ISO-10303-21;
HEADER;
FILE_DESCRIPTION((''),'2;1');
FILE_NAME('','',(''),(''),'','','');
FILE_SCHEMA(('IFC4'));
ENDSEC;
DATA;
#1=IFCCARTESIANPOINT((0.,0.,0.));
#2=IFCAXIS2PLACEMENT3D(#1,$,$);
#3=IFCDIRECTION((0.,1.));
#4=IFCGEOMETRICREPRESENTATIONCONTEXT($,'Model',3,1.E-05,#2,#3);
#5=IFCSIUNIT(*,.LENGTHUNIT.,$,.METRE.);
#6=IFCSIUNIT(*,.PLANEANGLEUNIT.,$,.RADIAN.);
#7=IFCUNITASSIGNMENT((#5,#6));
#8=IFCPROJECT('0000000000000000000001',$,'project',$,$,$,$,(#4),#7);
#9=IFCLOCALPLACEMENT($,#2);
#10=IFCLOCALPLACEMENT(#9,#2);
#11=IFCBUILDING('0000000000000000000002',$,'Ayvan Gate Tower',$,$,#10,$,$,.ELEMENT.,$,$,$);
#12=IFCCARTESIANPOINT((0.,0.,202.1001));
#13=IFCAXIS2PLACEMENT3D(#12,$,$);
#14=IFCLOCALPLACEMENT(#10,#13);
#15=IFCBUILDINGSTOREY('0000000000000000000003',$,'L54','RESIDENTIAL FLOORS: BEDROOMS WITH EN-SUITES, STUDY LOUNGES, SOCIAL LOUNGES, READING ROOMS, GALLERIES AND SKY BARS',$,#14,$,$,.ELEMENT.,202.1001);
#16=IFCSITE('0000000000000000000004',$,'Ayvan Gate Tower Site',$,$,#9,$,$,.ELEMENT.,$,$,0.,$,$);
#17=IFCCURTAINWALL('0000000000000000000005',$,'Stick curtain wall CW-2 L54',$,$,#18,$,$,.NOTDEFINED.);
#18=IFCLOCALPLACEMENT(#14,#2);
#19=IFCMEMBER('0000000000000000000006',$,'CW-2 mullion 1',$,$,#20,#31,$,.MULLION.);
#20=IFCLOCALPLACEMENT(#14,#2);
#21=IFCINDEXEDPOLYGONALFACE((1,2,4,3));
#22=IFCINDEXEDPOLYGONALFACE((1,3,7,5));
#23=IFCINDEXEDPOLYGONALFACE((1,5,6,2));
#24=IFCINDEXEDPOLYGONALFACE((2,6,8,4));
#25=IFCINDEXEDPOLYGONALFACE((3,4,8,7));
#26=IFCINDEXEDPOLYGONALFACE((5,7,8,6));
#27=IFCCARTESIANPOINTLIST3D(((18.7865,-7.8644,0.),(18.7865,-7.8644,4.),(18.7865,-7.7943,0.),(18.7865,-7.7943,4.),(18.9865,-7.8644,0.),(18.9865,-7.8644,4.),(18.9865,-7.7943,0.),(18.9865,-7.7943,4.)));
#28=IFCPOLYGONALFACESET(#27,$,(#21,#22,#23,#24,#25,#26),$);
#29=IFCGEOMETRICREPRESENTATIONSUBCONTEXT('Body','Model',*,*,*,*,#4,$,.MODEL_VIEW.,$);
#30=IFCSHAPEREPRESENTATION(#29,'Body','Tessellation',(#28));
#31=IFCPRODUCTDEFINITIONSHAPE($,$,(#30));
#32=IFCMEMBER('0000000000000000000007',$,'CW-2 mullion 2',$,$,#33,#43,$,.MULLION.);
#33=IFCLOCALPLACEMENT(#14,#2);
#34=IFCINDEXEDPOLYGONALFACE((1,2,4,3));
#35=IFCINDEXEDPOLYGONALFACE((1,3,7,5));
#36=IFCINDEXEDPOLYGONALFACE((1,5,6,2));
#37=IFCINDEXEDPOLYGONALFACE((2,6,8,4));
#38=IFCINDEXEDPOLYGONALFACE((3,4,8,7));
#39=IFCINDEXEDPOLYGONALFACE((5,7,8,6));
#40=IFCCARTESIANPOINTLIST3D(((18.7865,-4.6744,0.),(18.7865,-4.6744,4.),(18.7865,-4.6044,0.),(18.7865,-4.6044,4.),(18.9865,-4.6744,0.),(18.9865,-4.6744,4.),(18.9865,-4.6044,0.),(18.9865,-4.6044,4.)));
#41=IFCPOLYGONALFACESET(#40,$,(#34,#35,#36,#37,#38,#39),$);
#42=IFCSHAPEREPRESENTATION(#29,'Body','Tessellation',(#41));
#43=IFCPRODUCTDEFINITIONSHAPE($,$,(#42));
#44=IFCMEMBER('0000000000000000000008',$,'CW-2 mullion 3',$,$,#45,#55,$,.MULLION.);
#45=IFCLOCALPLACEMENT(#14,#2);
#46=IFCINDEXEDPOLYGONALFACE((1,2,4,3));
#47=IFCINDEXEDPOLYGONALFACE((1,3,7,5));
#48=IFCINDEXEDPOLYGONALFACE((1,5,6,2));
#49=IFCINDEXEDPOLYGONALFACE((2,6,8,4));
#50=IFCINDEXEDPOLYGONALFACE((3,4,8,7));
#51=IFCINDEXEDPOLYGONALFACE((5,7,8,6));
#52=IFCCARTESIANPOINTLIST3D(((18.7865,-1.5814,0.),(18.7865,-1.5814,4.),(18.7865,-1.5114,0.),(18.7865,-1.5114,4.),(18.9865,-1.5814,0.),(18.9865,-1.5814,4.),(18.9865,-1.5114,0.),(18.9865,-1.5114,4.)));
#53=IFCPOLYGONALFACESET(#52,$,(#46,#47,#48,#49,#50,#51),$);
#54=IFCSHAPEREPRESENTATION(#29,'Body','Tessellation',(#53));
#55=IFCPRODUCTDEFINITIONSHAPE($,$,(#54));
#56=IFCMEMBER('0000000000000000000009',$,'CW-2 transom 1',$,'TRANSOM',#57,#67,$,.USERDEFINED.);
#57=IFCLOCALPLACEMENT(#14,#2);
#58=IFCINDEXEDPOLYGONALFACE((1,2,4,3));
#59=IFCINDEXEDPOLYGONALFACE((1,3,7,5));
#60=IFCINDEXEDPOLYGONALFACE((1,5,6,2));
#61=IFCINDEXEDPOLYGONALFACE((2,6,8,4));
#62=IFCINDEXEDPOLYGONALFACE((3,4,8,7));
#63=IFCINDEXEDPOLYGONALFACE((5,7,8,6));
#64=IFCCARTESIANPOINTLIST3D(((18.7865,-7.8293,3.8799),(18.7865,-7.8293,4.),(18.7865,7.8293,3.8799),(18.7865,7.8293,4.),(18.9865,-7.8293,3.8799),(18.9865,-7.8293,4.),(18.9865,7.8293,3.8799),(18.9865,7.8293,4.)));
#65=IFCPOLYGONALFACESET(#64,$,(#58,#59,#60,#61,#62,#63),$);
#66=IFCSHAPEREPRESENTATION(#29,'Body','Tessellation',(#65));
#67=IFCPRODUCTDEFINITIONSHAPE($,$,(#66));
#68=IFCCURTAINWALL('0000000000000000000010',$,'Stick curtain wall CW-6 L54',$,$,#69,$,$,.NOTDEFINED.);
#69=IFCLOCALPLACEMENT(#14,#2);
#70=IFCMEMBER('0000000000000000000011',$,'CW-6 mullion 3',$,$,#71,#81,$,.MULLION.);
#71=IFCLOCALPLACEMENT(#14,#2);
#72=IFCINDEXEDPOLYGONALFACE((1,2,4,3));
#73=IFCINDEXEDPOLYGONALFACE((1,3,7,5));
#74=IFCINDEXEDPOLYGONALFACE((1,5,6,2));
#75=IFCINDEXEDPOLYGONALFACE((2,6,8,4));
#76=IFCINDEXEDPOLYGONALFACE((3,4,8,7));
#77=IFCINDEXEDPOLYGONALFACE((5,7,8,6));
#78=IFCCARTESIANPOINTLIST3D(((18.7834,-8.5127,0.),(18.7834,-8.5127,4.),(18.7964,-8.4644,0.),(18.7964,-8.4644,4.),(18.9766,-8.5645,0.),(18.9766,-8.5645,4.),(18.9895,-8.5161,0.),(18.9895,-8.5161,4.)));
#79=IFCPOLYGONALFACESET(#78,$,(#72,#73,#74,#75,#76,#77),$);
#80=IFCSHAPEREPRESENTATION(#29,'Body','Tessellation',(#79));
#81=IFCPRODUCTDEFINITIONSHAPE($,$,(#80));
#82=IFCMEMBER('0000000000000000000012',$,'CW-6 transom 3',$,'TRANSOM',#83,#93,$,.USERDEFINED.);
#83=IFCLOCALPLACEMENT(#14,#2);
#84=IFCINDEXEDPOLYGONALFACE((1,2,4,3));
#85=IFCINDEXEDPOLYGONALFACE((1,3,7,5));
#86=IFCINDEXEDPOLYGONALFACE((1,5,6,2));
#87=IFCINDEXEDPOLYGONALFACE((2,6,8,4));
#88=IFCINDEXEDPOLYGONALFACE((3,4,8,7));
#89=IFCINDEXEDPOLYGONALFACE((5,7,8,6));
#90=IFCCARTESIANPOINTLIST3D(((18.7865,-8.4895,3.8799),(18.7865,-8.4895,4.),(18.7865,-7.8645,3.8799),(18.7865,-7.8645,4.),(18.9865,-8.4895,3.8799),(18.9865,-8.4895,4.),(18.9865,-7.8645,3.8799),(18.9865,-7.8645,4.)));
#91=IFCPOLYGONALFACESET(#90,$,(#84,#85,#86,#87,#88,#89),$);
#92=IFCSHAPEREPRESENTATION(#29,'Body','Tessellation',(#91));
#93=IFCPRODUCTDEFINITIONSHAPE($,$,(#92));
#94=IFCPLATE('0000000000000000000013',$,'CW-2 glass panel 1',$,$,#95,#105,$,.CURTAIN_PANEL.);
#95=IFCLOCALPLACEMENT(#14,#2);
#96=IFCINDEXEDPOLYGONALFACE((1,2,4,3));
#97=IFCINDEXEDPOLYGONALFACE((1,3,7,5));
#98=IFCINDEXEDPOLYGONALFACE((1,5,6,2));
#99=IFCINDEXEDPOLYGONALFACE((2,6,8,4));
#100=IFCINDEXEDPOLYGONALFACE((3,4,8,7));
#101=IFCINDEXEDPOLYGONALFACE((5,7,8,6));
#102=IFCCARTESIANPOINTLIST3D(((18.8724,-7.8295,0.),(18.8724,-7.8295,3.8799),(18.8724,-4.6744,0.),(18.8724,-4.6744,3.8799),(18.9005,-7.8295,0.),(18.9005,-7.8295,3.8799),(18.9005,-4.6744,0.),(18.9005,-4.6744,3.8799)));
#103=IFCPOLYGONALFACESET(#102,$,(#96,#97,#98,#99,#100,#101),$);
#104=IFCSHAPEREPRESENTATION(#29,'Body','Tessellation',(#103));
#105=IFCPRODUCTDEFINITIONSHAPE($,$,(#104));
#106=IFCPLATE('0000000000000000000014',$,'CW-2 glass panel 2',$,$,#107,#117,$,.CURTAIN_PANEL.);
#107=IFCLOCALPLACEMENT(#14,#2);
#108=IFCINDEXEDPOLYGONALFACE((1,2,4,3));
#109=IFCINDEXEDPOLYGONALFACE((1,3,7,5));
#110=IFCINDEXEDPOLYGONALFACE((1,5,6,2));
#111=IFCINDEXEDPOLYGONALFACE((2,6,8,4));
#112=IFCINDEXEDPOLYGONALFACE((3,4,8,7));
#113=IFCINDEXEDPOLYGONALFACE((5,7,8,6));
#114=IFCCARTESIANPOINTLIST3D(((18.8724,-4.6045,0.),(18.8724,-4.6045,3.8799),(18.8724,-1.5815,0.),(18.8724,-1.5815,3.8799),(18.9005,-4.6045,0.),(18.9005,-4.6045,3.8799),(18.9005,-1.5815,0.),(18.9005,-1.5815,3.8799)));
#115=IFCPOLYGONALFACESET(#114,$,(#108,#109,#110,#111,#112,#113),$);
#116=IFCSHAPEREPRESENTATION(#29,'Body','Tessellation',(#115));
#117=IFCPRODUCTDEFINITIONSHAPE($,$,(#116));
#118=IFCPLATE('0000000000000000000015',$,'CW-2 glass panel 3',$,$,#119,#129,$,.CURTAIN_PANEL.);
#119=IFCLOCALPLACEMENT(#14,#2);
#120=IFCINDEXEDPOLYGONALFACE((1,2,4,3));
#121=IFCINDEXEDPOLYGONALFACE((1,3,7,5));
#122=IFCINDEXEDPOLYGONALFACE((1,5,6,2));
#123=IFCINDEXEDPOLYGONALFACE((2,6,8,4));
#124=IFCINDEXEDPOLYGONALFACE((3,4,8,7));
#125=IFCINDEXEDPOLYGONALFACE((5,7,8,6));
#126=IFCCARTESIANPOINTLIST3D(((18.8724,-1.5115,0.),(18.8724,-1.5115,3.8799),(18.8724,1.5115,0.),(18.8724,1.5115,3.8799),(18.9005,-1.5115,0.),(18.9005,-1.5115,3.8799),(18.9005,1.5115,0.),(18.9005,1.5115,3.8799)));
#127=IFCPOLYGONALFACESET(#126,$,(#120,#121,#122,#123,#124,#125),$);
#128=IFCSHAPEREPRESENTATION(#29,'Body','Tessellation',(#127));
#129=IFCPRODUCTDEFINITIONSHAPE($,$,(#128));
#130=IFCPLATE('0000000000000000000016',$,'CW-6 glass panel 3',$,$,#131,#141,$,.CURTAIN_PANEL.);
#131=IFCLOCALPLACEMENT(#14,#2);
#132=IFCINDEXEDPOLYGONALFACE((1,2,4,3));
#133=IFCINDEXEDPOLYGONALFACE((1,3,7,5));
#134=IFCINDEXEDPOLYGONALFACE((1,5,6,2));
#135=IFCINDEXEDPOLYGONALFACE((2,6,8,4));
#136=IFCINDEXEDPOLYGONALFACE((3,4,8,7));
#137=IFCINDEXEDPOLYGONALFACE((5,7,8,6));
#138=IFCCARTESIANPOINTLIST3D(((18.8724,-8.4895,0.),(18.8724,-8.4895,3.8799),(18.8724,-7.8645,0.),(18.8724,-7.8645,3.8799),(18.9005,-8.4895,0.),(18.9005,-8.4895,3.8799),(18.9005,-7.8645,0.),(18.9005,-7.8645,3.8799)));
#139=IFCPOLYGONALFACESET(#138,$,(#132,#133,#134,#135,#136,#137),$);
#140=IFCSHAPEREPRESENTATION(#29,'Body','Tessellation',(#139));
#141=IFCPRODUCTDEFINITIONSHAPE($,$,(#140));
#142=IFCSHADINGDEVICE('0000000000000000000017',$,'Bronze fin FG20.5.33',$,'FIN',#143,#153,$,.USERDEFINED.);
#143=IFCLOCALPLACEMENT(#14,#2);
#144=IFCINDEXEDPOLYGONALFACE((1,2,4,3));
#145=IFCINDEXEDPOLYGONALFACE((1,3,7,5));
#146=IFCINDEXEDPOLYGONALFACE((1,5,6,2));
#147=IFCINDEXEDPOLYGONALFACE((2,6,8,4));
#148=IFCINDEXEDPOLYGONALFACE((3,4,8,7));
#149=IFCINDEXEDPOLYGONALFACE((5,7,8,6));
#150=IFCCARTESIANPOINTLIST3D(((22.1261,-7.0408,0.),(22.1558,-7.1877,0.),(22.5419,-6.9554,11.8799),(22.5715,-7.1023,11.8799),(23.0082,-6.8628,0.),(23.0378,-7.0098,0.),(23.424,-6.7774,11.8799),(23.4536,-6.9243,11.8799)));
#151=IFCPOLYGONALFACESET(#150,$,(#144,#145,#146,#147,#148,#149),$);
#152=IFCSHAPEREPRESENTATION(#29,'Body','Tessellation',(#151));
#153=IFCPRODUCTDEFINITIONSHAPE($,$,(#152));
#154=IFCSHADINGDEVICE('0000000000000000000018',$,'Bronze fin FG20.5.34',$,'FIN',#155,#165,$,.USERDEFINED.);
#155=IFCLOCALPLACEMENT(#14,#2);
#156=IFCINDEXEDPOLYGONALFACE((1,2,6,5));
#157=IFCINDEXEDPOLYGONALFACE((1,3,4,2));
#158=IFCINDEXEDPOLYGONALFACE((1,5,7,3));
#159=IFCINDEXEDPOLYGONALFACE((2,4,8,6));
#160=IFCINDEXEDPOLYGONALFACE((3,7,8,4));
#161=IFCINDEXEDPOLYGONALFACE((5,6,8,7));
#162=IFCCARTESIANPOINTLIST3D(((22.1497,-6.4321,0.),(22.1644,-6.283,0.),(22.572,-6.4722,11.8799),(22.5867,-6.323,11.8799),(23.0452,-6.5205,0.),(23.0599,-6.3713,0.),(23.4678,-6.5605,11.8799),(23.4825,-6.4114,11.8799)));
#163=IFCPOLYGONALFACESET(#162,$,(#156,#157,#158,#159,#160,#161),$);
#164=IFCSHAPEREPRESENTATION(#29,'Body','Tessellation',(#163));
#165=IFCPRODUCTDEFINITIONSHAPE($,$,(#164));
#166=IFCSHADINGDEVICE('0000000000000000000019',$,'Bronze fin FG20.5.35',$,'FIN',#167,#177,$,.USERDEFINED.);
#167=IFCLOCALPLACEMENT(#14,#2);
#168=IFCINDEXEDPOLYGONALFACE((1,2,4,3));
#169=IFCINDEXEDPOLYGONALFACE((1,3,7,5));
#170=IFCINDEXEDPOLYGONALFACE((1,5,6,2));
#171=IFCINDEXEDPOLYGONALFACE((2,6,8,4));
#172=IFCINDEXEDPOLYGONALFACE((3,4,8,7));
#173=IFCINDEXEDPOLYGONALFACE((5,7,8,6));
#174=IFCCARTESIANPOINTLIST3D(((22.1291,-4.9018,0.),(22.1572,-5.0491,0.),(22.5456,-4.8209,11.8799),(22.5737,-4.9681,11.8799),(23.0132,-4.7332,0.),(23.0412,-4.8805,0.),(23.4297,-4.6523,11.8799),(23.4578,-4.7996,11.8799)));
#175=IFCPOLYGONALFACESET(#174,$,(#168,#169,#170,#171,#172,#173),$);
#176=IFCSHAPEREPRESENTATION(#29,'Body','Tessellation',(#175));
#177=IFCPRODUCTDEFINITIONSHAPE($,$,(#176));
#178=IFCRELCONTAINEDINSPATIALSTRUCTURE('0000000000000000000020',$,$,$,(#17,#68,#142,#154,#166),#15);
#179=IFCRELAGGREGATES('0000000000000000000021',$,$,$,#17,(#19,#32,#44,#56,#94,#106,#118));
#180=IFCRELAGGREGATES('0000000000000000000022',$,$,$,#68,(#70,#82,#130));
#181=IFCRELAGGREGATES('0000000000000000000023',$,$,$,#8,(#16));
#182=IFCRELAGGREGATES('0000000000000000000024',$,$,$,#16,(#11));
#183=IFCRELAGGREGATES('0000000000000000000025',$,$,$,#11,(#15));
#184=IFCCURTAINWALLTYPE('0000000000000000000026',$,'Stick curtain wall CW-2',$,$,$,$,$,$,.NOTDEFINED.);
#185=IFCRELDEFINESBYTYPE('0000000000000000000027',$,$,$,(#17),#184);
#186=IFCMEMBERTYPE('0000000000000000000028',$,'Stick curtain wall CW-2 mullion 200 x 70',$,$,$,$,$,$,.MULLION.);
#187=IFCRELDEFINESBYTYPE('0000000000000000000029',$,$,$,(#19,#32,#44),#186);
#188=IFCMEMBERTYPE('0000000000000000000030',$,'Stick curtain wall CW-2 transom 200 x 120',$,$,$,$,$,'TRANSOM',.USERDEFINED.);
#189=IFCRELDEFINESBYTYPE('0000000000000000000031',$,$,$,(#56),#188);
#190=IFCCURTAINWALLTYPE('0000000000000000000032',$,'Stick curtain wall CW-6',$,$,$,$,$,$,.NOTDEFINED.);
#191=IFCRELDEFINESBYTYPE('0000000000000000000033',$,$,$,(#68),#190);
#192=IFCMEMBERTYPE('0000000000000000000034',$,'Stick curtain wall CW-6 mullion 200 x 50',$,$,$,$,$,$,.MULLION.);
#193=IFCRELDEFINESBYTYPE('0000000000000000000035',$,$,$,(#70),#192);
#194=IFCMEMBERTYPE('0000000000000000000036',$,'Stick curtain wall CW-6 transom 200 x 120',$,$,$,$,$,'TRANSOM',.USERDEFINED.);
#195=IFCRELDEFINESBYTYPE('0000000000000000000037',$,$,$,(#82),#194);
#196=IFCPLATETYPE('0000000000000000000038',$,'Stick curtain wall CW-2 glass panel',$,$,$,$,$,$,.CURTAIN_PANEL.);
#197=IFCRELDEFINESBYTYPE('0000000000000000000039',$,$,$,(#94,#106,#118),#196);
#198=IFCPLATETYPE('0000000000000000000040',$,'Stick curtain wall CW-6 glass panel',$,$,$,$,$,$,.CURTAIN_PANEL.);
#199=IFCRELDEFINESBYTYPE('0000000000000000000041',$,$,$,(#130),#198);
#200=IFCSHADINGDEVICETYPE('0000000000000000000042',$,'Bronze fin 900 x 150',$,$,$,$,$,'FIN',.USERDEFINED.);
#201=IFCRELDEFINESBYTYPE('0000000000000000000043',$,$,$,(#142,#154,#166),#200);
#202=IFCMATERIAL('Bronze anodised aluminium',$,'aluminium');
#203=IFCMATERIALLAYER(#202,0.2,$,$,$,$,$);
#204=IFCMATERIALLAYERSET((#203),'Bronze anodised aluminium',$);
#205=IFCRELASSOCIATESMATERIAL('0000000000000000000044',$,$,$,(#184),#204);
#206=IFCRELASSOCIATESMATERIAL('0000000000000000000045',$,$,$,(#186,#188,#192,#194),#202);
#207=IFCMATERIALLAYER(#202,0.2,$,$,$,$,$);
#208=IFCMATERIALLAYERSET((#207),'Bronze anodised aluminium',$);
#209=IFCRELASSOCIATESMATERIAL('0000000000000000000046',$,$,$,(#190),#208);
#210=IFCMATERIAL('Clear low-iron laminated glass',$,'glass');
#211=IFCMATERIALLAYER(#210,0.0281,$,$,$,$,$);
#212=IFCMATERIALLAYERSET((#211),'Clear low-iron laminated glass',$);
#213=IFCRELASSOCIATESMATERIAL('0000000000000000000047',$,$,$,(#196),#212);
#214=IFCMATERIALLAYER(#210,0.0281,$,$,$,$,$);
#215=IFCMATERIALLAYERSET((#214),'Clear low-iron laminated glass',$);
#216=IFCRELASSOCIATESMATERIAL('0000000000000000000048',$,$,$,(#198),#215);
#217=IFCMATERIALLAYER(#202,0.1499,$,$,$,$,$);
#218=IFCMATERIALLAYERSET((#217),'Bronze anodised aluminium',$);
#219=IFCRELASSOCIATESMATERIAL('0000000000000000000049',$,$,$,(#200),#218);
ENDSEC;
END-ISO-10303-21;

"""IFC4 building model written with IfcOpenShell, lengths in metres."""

from ifc_helpers import new_model, si_unit, direction, frame, origin, origin_2d, place, context, subcontext, project, spatial, polyline, rectangle, outline, extrude, material, layer, layer_set, material_profile, profile_set, type_object, element, aggregate, save


model = new_model("IFC4")

# Units and contexts
model_context = context("Model", 3, precision=1e-05, world=origin(), true_north=direction((0.0, 1.0)))
body_context = subcontext(model_context, "Body", "Model", "MODEL_VIEW")
ifc_project = project(units=[si_unit("LENGTHUNIT", "METRE"), si_unit("PLANEANGLEUNIT", "RADIAN")], contexts=[model_context])

# Site, building, storey
site_placement = place(None, origin())
site = spatial("IfcSite", under=ifc_project, at=site_placement, Name="Ayvan Gate Tower Site", CompositionType="ELEMENT", RefElevation=0.0)
building_placement = place(site_placement, origin())
building = spatial("IfcBuilding", under=site, at=building_placement, Name="Ayvan Gate Tower", CompositionType="ELEMENT")
storey_placement = place(building_placement, frame((0.0, 0.0, 202.1001)))
storey = spatial("IfcBuildingStorey", under=building, at=storey_placement, Name="L54", Description="RESIDENTIAL FLOORS: BEDROOMS WITH EN-SUITES, STUDY LOUNGES, SOCIAL LOUNGES, READING ROOMS, GALLERIES AND SKY BARS", CompositionType="ELEMENT", Elevation=202.1001)

# Curtain walls, members
ifc_material_1 = material(Name="Bronze anodised aluminium", Category="aluminium")
ifc_layer_1 = layer(ifc_material_1, 0.2)
ifc_layer_set_1 = layer_set([ifc_layer_1], Name="Bronze anodised aluminium")
curtain_wall_type_1 = type_object("IfcCurtainWallType", Name="Stick curtain wall CW-2", PredefinedType="NOTDEFINED", material=ifc_layer_set_1)
curtain_wall_1_placement = place(storey_placement, origin())
curtain_wall_1 = element("IfcCurtainWall", 1, at=curtain_wall_1_placement, inside=storey, type_object=curtain_wall_type_1, Name="Stick curtain wall CW-2 L54", PredefinedType="NOTDEFINED")
ifc_material_profile_1 = material_profile(ifc_material_1, rectangle(XDim=0.2, YDim=0.0701, at=origin_2d()), Name="Stick curtain wall CW-2 mullion 200 x 70")
ifc_profile_set_1 = profile_set([ifc_material_profile_1], Name="Bronze anodised aluminium")
member_type_1 = type_object("IfcMemberType", Name="Stick curtain wall CW-2 mullion 200 x 70", PredefinedType="MULLION", material=ifc_profile_set_1)
member_1_placement = place(storey_placement, frame((18.8865, -7.8293, 0.0), z_axis=(0.0, 0.0, 1.0), x_axis=(1.0, 0.0, 0.0)))
member_1 = element("IfcMember", 2, at=member_1_placement, type_object=member_type_1, Name="CW-2 mullion 1", PredefinedType="MULLION", context=body_context, shape_type="SweptSolid", body=[
    extrude(rectangle(XDim=0.2, YDim=0.0701, at=origin_2d()), origin(), (0.0, 0.0, 1.0), 4.0),
])
member_2_placement = place(storey_placement, frame((18.8865, -4.6394, 0.0), z_axis=(0.0, 0.0, 1.0), x_axis=(1.0, 0.0, 0.0)))
member_2 = element("IfcMember", 3, at=member_2_placement, type_object=member_type_1, Name="CW-2 mullion 2", PredefinedType="MULLION", context=body_context, shape_type="SweptSolid", body=[
    extrude(rectangle(XDim=0.2, YDim=0.0701, at=origin_2d()), origin(), (0.0, 0.0, 1.0), 4.0),
])
member_3_placement = place(storey_placement, frame((18.8865, -1.5464, 0.0), z_axis=(0.0, 0.0, 1.0), x_axis=(1.0, 0.0, 0.0)))
member_3 = element("IfcMember", 4, at=member_3_placement, type_object=member_type_1, Name="CW-2 mullion 3", PredefinedType="MULLION", context=body_context, shape_type="SweptSolid", body=[
    extrude(rectangle(XDim=0.2, YDim=0.0701, at=origin_2d()), origin(), (0.0, 0.0, 1.0), 4.0),
])
ifc_material_profile_2 = material_profile(ifc_material_1, rectangle(XDim=0.2, YDim=0.1201, at=origin_2d()), Name="Stick curtain wall CW-2 transom 200 x 120")
ifc_profile_set_2 = profile_set([ifc_material_profile_2], Name="Bronze anodised aluminium")
member_type_2 = type_object("IfcMemberType", Name="Stick curtain wall CW-2 transom 200 x 120", ElementType="TRANSOM", PredefinedType="USERDEFINED", material=ifc_profile_set_2)
member_4_placement = place(storey_placement, frame((18.8865, -7.8293, 3.9399), z_axis=(0.0, 1.0, 0.0), x_axis=(-1.0, 0.0, 0.0)))
member_4 = element("IfcMember", 5, at=member_4_placement, type_object=member_type_2, Name="CW-2 transom 1", ObjectType="TRANSOM", PredefinedType="USERDEFINED", context=body_context, shape_type="SweptSolid", body=[
    extrude(rectangle(XDim=0.2, YDim=0.1201, at=origin_2d()), origin(), (0.0, 0.0, 1.0), 15.6587),
])
ifc_layer_2 = layer(ifc_material_1, 0.2)
ifc_layer_set_2 = layer_set([ifc_layer_2], Name="Bronze anodised aluminium")
curtain_wall_type_2 = type_object("IfcCurtainWallType", Name="Stick curtain wall CW-6", PredefinedType="NOTDEFINED", material=ifc_layer_set_2)
curtain_wall_2_placement = place(storey_placement, origin())
curtain_wall_2 = element("IfcCurtainWall", 6, at=curtain_wall_2_placement, inside=storey, type_object=curtain_wall_type_2, Name="Stick curtain wall CW-6 L54", PredefinedType="NOTDEFINED")
ifc_material_profile_3 = material_profile(ifc_material_1, rectangle(XDim=0.2, YDim=0.05, at=origin_2d()), Name="Stick curtain wall CW-6 mullion 200 x 50")
ifc_profile_set_3 = profile_set([ifc_material_profile_3], Name="Bronze anodised aluminium")
member_type_3 = type_object("IfcMemberType", Name="Stick curtain wall CW-6 mullion 200 x 50", PredefinedType="MULLION", material=ifc_profile_set_3)
member_5_placement = place(storey_placement, frame((18.8865, -8.5144, 0.0), z_axis=(0.0, 0.0, 1.0), x_axis=(0.965926, -0.258819, 0.0)))
member_5 = element("IfcMember", 7, at=member_5_placement, type_object=member_type_3, Name="CW-6 mullion 3", PredefinedType="MULLION", context=body_context, shape_type="SweptSolid", body=[
    extrude(rectangle(XDim=0.2, YDim=0.05, at=origin_2d()), origin(), (0.0, 0.0, 1.0), 4.0),
])
ifc_material_profile_4 = material_profile(ifc_material_1, rectangle(XDim=0.2, YDim=0.1201, at=origin_2d()), Name="Stick curtain wall CW-6 transom 200 x 120")
ifc_profile_set_4 = profile_set([ifc_material_profile_4], Name="Bronze anodised aluminium")
member_type_4 = type_object("IfcMemberType", Name="Stick curtain wall CW-6 transom 200 x 120", ElementType="TRANSOM", PredefinedType="USERDEFINED", material=ifc_profile_set_4)
member_6_placement = place(storey_placement, frame((18.8865, -8.4895, 3.9399), z_axis=(0.0, 1.0, 0.0), x_axis=(-1.0, 0.0, 0.0)))
member_6 = element("IfcMember", 8, at=member_6_placement, type_object=member_type_4, Name="CW-6 transom 3", ObjectType="TRANSOM", PredefinedType="USERDEFINED", context=body_context, shape_type="SweptSolid", body=[
    extrude(rectangle(XDim=0.2, YDim=0.1201, at=origin_2d()), origin(), (0.0, 0.0, 1.0), 0.625),
])

# Plates
ifc_material_2 = material(Name="Clear low-iron laminated glass", Category="glass")
ifc_layer_3 = layer(ifc_material_2, 0.0281)
ifc_layer_set_3 = layer_set([ifc_layer_3], Name="Clear low-iron laminated glass")
plate_type_1 = type_object("IfcPlateType", Name="Stick curtain wall CW-2 glass panel", PredefinedType="CURTAIN_PANEL", material=ifc_layer_set_3)
plate_1_placement = place(storey_placement, frame((18.8865, -6.252, 0.0), z_axis=(0.0, 0.0, 1.0), x_axis=(0.0, 1.0, 0.0)))
plate_1 = element("IfcPlate", 9, at=plate_1_placement, type_object=plate_type_1, Name="CW-2 glass panel 1", PredefinedType="CURTAIN_PANEL", context=body_context, shape_type="SweptSolid", body=[
    extrude(rectangle(XDim=3.155, YDim=0.0281, at=origin_2d()), origin(), (0.0, 0.0, 1.0), 3.8799),
])
plate_2_placement = place(storey_placement, frame((18.8865, -3.093, 0.0), z_axis=(0.0, 0.0, 1.0), x_axis=(0.0, 1.0, 0.0)))
plate_2 = element("IfcPlate", 10, at=plate_2_placement, type_object=plate_type_1, Name="CW-2 glass panel 2", PredefinedType="CURTAIN_PANEL", context=body_context, shape_type="SweptSolid", body=[
    extrude(rectangle(XDim=3.0229, YDim=0.0281, at=origin_2d()), origin(), (0.0, 0.0, 1.0), 3.8799),
])
plate_3_placement = place(storey_placement, frame((18.8865, 0.0, 0.0), z_axis=(0.0, 0.0, 1.0), x_axis=(0.0, 1.0, 0.0)))
plate_3 = element("IfcPlate", 11, at=plate_3_placement, type_object=plate_type_1, Name="CW-2 glass panel 3", PredefinedType="CURTAIN_PANEL", context=body_context, shape_type="SweptSolid", body=[
    extrude(rectangle(XDim=3.0229, YDim=0.0281, at=origin_2d()), origin(), (0.0, 0.0, 1.0), 3.8799),
])
aggregate(curtain_wall_1, [member_1, member_2, member_3, member_4, plate_1, plate_2, plate_3])
ifc_layer_4 = layer(ifc_material_2, 0.0281)
ifc_layer_set_4 = layer_set([ifc_layer_4], Name="Clear low-iron laminated glass")
plate_type_2 = type_object("IfcPlateType", Name="Stick curtain wall CW-6 glass panel", PredefinedType="CURTAIN_PANEL", material=ifc_layer_set_4)
plate_4_placement = place(storey_placement, frame((18.8865, -8.177, 0.0), z_axis=(0.0, 0.0, 1.0), x_axis=(0.0, 1.0, 0.0)))
plate_4 = element("IfcPlate", 12, at=plate_4_placement, type_object=plate_type_2, Name="CW-6 glass panel 3", PredefinedType="CURTAIN_PANEL", context=body_context, shape_type="SweptSolid", body=[
    extrude(rectangle(XDim=0.625, YDim=0.0281, at=origin_2d()), origin(), (0.0, 0.0, 1.0), 3.8799),
])
aggregate(curtain_wall_2, [member_5, member_6, plate_4])

# Shading devices
ifc_layer_5 = layer(ifc_material_1, 0.1499)
ifc_layer_set_5 = layer_set([ifc_layer_5], Name="Bronze anodised aluminium")
shading_device_type = type_object("IfcShadingDeviceType", Name="Bronze fin 900 x 150", ElementType="FIN", PredefinedType="USERDEFINED", material=ifc_layer_set_5)
shading_device_1_placement = place(storey_placement, frame((22.1558, -7.1877, 0.0), z_axis=(0.197785, -0.980245, 0.000129), x_axis=(0.980245, 0.197785, 0.0)))
element("IfcShadingDevice", 13, at=shading_device_1_placement, inside=storey, type_object=shading_device_type, Name="Bronze fin FG20.5.33", ObjectType="FIN", PredefinedType="USERDEFINED", context=body_context, shape_type="SweptSolid", body=[
    extrude(outline(polyline([(0.0, 0.0), (0.8999, 0.0), (1.3243, 11.8799), (0.4245, 11.8799), (0.0, 0.0)])), origin(), (0.0, 0.0, -1.0), 0.1499),
])
shading_device_2_placement = place(storey_placement, frame((22.1497, -6.4321, 0.0), z_axis=(-0.098201, -0.995167, 0.000138), x_axis=(0.995167, -0.098201, 0.0)))
element("IfcShadingDevice", 14, at=shading_device_2_placement, inside=storey, type_object=shading_device_type, Name="Bronze fin FG20.5.34", ObjectType="FIN", PredefinedType="USERDEFINED", context=body_context, shape_type="SweptSolid", body=[
    extrude(outline(polyline([(0.0, 0.0), (0.8999, 0.0), (1.3244, 11.8799), (0.4243, 11.8799), (0.0, 0.0)])), origin(), (0.0, 0.0, -1.0), 0.1499),
])
shading_device_3_placement = place(storey_placement, frame((22.1572, -5.0491, 0.0), z_axis=(0.187318, -0.982299, 0.000125), x_axis=(0.982299, 0.187318, 0.0)))
element("IfcShadingDevice", 15, at=shading_device_3_placement, inside=storey, type_object=shading_device_type, Name="Bronze fin FG20.5.35", ObjectType="FIN", PredefinedType="USERDEFINED", context=body_context, shape_type="SweptSolid", body=[
    extrude(outline(polyline([(0.0, 0.0), (0.8999, 0.0), (1.3243, 11.8799), (0.4243, 11.8799), (0.0, 0.0)])), origin(), (0.0, 0.0, -1.0), 0.1499),
])

save(model, "model.ifc")
